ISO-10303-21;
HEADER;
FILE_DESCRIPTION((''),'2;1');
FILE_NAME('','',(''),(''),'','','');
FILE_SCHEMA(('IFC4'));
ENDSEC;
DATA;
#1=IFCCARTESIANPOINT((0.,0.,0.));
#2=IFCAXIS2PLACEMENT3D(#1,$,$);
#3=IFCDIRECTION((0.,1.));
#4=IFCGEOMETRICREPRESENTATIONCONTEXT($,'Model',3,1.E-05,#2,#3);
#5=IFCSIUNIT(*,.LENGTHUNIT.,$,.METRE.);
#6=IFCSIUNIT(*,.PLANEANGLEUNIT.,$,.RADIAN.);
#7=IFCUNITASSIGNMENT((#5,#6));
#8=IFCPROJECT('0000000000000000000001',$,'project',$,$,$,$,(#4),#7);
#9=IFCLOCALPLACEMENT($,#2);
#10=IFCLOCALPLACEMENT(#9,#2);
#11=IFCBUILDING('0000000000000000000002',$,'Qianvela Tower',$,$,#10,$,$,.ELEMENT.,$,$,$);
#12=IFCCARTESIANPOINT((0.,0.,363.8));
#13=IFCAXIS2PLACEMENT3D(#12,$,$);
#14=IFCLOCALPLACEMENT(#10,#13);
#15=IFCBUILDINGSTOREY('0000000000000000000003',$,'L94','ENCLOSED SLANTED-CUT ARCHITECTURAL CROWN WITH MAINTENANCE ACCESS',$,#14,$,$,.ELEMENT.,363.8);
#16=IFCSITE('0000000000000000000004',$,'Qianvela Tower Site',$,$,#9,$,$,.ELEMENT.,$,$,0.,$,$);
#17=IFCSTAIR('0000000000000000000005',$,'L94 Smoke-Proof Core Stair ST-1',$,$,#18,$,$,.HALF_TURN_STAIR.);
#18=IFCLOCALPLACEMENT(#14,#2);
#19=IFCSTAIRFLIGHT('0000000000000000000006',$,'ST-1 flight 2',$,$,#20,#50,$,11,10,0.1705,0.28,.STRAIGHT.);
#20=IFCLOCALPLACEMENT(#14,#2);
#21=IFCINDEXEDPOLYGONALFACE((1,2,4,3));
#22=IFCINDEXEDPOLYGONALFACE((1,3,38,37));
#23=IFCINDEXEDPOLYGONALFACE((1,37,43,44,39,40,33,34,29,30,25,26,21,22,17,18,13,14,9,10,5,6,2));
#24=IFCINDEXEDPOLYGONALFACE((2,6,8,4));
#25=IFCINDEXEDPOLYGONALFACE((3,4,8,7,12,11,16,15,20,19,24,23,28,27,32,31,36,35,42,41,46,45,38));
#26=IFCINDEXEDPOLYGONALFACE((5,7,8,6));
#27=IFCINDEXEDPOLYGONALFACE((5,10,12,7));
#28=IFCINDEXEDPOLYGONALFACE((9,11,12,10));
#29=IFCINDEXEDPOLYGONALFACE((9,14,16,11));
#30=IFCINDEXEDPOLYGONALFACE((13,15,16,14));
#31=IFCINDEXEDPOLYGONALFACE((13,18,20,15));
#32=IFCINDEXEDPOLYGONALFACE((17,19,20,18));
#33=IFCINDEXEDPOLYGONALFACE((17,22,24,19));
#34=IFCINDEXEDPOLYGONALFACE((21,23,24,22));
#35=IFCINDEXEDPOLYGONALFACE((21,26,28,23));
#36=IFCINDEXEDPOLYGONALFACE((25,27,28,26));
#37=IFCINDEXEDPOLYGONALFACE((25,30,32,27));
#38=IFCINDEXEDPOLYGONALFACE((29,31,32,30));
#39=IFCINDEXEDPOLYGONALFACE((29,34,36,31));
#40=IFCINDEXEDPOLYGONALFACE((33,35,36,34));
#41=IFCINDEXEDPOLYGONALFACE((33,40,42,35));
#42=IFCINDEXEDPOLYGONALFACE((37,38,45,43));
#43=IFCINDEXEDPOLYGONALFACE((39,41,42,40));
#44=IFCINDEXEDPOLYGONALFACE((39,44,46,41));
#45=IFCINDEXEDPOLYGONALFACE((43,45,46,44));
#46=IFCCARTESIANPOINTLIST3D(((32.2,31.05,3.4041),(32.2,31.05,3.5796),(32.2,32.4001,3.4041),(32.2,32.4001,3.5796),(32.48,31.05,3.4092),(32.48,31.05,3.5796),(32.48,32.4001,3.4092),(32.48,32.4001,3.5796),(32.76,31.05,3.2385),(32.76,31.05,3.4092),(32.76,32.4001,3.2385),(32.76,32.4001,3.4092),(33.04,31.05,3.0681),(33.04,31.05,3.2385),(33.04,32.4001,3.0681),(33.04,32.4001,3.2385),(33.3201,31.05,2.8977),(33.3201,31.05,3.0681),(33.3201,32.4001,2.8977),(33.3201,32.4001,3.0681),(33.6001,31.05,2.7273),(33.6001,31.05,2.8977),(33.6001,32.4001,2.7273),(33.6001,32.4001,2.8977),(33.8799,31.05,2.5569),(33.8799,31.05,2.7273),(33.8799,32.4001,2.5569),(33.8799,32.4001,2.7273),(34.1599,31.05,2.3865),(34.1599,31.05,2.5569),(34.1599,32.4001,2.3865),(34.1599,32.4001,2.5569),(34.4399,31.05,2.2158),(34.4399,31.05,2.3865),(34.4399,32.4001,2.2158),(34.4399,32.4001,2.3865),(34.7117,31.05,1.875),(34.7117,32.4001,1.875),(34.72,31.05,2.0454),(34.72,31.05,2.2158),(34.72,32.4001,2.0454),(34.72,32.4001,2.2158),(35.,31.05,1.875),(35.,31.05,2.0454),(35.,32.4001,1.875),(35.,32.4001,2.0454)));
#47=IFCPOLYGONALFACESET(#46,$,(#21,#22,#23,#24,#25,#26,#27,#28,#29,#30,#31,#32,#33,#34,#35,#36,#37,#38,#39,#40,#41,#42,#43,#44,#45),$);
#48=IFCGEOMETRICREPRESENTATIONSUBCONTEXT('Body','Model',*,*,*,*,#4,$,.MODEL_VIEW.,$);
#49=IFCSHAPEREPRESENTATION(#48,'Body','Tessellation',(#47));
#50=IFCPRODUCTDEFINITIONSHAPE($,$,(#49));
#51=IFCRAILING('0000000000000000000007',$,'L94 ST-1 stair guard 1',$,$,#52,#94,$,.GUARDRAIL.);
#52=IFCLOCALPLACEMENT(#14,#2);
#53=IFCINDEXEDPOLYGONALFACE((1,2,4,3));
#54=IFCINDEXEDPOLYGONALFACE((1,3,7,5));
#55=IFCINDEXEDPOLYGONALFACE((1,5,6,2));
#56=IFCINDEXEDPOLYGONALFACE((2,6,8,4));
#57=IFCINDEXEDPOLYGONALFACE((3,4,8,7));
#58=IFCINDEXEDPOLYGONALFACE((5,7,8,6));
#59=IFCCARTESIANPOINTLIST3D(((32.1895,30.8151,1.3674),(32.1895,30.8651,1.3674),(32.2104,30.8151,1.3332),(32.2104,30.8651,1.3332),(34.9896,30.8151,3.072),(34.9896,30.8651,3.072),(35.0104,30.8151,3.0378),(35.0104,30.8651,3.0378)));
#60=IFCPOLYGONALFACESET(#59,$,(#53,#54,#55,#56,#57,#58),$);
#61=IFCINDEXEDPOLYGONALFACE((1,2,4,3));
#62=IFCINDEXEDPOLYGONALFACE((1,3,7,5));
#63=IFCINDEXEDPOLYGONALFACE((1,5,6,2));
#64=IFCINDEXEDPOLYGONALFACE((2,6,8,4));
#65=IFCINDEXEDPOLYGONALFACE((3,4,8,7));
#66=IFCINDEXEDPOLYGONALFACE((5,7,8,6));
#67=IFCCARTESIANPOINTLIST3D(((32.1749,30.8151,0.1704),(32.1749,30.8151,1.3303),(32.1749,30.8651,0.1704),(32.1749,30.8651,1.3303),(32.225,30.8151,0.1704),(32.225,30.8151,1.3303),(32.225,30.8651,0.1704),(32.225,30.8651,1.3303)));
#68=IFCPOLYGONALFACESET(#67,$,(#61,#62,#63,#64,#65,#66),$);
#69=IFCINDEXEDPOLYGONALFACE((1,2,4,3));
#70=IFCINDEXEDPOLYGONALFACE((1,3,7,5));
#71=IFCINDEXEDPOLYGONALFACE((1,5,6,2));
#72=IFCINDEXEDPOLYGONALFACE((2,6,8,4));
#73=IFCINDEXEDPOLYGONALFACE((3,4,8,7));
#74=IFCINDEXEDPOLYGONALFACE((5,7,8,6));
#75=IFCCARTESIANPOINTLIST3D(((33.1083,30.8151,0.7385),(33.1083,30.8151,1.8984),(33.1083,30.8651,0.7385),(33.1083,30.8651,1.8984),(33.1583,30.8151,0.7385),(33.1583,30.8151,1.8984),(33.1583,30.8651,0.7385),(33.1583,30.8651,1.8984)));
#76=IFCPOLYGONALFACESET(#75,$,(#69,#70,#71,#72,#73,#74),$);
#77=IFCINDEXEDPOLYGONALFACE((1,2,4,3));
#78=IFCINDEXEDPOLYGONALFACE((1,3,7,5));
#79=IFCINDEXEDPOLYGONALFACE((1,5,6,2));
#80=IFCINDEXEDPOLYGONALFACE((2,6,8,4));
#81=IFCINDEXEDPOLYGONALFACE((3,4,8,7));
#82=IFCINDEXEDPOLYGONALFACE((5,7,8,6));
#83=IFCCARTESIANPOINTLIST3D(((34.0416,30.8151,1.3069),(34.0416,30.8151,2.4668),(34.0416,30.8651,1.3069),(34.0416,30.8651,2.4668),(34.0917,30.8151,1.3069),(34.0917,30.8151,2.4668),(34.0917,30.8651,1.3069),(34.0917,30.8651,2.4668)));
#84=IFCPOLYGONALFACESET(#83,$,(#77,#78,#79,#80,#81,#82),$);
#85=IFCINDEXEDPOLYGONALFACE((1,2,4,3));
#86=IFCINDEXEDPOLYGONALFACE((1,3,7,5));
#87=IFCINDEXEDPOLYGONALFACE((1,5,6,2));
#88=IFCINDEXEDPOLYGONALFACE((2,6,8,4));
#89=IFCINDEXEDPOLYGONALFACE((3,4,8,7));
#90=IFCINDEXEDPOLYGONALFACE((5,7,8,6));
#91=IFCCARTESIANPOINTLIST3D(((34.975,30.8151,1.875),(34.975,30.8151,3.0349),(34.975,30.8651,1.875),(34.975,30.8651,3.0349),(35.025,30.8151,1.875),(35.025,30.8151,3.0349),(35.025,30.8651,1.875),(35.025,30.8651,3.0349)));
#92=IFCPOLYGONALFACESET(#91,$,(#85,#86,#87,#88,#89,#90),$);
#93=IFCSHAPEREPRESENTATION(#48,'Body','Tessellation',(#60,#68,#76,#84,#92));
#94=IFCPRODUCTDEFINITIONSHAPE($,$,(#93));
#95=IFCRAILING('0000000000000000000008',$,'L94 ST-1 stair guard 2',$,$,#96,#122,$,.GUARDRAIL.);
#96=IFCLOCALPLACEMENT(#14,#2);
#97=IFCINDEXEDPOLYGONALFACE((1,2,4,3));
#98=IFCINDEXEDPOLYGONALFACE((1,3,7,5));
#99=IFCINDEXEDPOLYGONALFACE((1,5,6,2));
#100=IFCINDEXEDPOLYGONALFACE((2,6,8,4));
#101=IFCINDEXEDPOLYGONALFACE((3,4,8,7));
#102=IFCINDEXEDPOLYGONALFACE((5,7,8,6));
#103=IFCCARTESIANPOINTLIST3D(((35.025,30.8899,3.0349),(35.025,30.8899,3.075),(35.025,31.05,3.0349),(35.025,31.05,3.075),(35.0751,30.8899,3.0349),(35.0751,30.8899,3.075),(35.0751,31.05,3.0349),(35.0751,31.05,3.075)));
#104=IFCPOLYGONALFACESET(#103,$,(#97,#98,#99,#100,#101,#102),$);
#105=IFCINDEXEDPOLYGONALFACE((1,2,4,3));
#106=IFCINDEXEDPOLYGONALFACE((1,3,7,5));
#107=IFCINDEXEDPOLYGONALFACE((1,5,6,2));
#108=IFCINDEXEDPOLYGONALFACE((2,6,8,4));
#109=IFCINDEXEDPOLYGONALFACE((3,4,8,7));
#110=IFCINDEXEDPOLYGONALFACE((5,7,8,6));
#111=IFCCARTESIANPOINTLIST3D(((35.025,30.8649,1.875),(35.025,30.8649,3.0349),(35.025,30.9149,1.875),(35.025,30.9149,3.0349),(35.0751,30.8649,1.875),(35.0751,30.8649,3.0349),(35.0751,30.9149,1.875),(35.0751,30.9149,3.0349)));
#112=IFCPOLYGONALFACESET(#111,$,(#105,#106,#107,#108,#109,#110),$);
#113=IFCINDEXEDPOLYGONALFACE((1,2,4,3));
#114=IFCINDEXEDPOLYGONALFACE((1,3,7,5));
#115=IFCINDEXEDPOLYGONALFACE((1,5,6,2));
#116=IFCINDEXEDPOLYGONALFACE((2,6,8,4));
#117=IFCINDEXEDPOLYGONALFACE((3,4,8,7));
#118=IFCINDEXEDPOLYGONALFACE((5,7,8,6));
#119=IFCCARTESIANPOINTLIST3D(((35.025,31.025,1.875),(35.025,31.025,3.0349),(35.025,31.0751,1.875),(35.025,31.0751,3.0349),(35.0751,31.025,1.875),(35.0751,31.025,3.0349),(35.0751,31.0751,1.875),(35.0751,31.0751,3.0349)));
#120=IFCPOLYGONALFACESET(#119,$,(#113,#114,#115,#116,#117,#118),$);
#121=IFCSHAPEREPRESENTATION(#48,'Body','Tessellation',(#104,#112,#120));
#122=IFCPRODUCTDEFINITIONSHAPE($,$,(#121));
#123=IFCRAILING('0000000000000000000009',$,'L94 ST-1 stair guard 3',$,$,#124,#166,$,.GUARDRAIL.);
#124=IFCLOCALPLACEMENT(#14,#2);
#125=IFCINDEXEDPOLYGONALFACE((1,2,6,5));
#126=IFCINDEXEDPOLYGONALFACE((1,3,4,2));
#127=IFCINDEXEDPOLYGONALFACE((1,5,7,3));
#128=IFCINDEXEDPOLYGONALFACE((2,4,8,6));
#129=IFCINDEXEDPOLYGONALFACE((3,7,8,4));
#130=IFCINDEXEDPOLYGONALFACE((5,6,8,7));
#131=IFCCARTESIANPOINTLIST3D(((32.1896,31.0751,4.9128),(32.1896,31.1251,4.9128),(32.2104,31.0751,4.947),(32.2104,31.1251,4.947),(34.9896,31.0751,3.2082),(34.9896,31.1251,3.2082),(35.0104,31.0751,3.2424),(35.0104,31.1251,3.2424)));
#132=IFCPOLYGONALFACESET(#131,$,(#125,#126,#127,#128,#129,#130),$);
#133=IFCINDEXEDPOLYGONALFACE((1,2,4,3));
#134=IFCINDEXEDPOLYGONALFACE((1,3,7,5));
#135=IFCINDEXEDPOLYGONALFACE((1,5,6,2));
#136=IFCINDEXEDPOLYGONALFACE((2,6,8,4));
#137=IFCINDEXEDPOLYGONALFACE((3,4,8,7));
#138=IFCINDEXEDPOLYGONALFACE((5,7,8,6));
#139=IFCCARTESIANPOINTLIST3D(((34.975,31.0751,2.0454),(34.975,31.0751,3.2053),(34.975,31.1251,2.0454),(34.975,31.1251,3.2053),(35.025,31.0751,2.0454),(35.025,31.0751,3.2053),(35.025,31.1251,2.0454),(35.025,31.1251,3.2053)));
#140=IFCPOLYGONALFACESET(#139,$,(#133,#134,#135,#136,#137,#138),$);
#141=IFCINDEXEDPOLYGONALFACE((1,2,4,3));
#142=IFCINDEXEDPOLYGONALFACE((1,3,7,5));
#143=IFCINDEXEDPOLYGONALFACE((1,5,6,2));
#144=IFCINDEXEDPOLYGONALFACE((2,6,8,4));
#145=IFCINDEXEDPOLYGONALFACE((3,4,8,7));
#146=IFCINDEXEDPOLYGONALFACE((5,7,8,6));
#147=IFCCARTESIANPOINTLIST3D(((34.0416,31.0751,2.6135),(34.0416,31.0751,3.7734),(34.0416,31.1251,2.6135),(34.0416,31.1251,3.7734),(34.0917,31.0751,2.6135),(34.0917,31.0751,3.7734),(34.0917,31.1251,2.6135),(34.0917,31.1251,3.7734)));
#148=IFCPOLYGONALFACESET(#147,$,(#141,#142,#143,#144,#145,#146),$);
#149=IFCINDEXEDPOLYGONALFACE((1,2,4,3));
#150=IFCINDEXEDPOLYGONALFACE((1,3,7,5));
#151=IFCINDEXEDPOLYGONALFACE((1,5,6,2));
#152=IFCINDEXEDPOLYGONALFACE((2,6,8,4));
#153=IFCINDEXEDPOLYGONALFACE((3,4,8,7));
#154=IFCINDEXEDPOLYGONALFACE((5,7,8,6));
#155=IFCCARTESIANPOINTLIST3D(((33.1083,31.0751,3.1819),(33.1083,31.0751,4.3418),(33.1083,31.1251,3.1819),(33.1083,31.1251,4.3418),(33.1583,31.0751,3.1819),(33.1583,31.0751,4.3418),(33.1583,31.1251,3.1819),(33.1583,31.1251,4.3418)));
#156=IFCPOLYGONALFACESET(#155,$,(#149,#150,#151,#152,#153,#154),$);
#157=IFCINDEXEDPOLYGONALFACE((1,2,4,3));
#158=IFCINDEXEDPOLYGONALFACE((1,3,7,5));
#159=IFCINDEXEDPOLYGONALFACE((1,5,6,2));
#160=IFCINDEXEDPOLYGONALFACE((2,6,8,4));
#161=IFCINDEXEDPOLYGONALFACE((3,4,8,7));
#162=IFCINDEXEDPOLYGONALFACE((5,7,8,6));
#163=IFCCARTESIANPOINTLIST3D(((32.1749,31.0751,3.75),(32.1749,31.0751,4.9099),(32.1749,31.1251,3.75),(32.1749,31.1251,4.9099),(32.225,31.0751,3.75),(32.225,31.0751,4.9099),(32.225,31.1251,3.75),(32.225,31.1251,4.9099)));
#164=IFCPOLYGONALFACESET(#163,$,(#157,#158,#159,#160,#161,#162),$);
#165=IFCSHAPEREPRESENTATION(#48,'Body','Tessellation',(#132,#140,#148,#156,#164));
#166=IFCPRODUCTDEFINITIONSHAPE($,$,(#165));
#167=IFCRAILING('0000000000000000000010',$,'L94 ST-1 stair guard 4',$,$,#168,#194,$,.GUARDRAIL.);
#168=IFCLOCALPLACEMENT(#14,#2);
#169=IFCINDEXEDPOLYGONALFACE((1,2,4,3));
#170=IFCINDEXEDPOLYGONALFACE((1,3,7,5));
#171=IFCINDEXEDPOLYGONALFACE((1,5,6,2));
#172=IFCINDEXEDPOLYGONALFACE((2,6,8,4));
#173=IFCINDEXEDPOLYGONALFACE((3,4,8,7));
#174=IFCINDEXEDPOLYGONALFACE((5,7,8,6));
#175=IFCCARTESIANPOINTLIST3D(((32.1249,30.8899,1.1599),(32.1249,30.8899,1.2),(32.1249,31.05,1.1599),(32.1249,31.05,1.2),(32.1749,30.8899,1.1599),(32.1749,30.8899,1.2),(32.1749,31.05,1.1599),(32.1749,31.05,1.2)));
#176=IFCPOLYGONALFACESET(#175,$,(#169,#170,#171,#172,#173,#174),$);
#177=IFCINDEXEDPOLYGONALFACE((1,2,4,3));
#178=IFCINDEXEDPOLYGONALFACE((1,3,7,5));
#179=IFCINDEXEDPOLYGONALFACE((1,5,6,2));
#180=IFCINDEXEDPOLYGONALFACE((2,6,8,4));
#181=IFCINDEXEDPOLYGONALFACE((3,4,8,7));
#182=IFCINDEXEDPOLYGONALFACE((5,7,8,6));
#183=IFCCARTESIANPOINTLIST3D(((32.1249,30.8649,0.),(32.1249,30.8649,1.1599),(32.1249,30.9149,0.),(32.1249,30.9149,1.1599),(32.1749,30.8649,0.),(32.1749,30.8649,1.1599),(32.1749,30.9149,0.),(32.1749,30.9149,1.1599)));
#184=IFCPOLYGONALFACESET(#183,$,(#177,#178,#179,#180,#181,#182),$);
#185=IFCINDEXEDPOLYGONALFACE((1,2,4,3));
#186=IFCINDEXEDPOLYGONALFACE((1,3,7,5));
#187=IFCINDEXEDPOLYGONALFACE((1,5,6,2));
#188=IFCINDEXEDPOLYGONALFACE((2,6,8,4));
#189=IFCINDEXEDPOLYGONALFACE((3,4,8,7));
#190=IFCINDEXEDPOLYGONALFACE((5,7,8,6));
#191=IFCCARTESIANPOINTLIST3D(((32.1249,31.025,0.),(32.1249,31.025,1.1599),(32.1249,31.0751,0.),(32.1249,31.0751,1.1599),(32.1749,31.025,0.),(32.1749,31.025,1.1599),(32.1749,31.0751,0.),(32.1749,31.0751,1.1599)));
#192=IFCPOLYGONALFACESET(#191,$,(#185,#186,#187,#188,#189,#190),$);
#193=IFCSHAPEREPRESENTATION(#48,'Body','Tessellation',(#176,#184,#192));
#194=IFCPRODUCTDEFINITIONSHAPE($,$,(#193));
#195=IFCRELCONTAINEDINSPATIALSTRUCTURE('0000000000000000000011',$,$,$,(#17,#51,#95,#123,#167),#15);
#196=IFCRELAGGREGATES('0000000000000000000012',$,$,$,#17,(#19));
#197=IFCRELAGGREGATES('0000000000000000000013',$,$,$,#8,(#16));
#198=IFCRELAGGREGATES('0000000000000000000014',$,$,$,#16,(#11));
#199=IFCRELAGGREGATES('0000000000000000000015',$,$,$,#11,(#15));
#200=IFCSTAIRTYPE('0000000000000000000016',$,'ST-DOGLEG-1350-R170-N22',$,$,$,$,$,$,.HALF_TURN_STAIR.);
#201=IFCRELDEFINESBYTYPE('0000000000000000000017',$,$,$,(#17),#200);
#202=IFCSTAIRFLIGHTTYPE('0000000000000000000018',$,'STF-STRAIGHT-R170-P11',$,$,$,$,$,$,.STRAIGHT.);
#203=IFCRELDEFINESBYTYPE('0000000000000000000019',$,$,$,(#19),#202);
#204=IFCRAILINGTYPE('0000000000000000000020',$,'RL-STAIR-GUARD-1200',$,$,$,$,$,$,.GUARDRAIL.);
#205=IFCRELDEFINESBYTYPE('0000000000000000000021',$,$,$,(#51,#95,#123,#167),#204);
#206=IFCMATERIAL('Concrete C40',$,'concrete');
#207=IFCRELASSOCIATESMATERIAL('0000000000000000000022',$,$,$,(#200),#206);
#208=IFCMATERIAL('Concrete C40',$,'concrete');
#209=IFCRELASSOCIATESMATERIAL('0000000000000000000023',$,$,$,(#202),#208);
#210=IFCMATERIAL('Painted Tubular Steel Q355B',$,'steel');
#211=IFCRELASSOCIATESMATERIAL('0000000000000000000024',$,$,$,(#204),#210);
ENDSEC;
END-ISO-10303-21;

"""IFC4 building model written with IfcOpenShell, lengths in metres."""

from ifc_helpers import new_model, si_unit, direction, frame, origin, origin_2d, place, context, subcontext, project, spatial, polyline, rectangle, outline, extrude, material, type_object, element, aggregate, save


model = new_model("IFC4")

# Units and contexts
model_context = context("Model", 3, precision=1e-05, world=origin(), true_north=direction((0.0, 1.0)))
body_context = subcontext(model_context, "Body", "Model", "MODEL_VIEW")
ifc_project = project(units=[si_unit("LENGTHUNIT", "METRE"), si_unit("PLANEANGLEUNIT", "RADIAN")], contexts=[model_context])

# Site, building, storey
site_placement = place(None, origin())
site = spatial("IfcSite", under=ifc_project, at=site_placement, Name="Qianvela Tower Site", CompositionType="ELEMENT", RefElevation=0.0)
building_placement = place(site_placement, origin())
building = spatial("IfcBuilding", under=site, at=building_placement, Name="Qianvela Tower", CompositionType="ELEMENT")
storey_placement = place(building_placement, frame((0.0, 0.0, 363.8)))
storey = spatial("IfcBuildingStorey", under=building, at=storey_placement, Name="L94", Description="ENCLOSED SLANTED-CUT ARCHITECTURAL CROWN WITH MAINTENANCE ACCESS", CompositionType="ELEMENT", Elevation=363.8)

# Stair, stair flight
ifc_material_1 = material(Name="Concrete C40", Category="concrete")
stair_type = type_object("IfcStairType", Name="ST-DOGLEG-1350-R170-N22", PredefinedType="HALF_TURN_STAIR", material=ifc_material_1)
stair_placement = place(storey_placement, origin())
stair = element("IfcStair", 1, at=stair_placement, inside=storey, type_object=stair_type, Name="L94 Smoke-Proof Core Stair ST-1", PredefinedType="HALF_TURN_STAIR")
ifc_material_2 = material(Name="Concrete C40", Category="concrete")
stair_flight_type = type_object("IfcStairFlightType", Name="STF-STRAIGHT-R170-P11", PredefinedType="STRAIGHT", material=ifc_material_2)
stair_flight_1_placement = place(storey_placement, frame((35.0, 31.7251, 1.875), z_axis=(0.0, 0.0, 1.0), x_axis=(-1.0, 0.0, 0.0)))
stair_flight_1 = element("IfcStairFlight", 2, at=stair_flight_1_placement, type_object=stair_flight_type, Name="ST-1 flight 2", NumberOfRisers=11, NumberOfTreads=10, PredefinedType="STRAIGHT", RiserHeight=0.1705, TreadLength=0.28, context=body_context, shape_type="SweptSolid", body=[
    extrude(outline(polyline([(0.0, 0.0), (0.0, 0.1704), (0.28, 0.1704), (0.28, 0.3408), (0.5601, 0.3408), (0.5601, 0.5115), (0.8401, 0.5115), (0.8401, 0.6819), (1.1201, 0.6819), (1.1201, 0.8523), (1.3999, 0.8523), (1.3999, 1.0227), (1.6799, 1.0227), (1.6799, 1.1931), (1.96, 1.1931), (1.96, 1.3635), (2.24, 1.3635), (2.24, 1.5342), (2.52, 1.5342), (2.52, 1.7046), (2.8, 1.7046), (2.8, 1.875), (2.8, 1.5291), (0.2883, 0.0), (0.0, 0.0)])), frame((0.0, 0.675, 0.0), z_axis=(0.0, -1.0, 0.0), x_axis=(1.0, 0.0, 0.0)), (0.0, 0.0, 1.0), 1.3501),
])
aggregate(stair, [stair_flight_1])

# Railings
ifc_material_3 = material(Name="Painted Tubular Steel Q355B", Category="steel")
railing_type_1 = type_object("IfcRailingType", Name="RL-STAIR-GUARD-1200", PredefinedType="GUARDRAIL", material=ifc_material_3)
railing_1_placement = place(storey_placement, frame((32.2, 30.8401, 0.1704)))
element("IfcRailing", 3, at=railing_1_placement, inside=storey, type_object=railing_type_1, Name="L94 ST-1 stair guard 1", PredefinedType="GUARDRAIL", context=body_context, shape_type="SweptSolid", body=[
    extrude(rectangle(XDim=0.05, YDim=0.04, at=origin_2d()), frame((0.0, 0.0, 1.1799), z_axis=(0.85417, 0.0, 0.519994), x_axis=(0.0, 1.0, 0.0)), (0.0, 0.0, 1.0), 3.2781),
    extrude(rectangle(XDim=0.05, YDim=0.05, at=origin_2d()), origin(), (0.0, 0.0, 1.0), 1.1599),
    extrude(rectangle(XDim=0.05, YDim=0.05, at=origin_2d()), frame((0.9333, 0.0, 0.5681)), (0.0, 0.0, 1.0), 1.1599),
    extrude(rectangle(XDim=0.05, YDim=0.05, at=origin_2d()), frame((1.8667, 0.0, 1.1365)), (0.0, 0.0, 1.0), 1.1599),
    extrude(rectangle(XDim=0.05, YDim=0.05, at=origin_2d()), frame((2.8, 0.0, 1.7046)), (0.0, 0.0, 1.0), 1.1599),
])
railing_2_placement = place(storey_placement, frame((35.05, 30.8899, 1.875)))
element("IfcRailing", 4, at=railing_2_placement, inside=storey, type_object=railing_type_1, Name="L94 ST-1 stair guard 2", PredefinedType="GUARDRAIL", context=body_context, shape_type="SweptSolid", body=[
    extrude(rectangle(XDim=0.05, YDim=0.04, at=origin_2d()), frame((0.0, 0.0, 1.1799), z_axis=(0.0, 1.0, 0.0), x_axis=(-1.0, 0.0, 0.0)), (0.0, 0.0, 1.0), 0.1602),
    extrude(rectangle(XDim=0.05, YDim=0.05, at=origin_2d()), origin(), (0.0, 0.0, 1.0), 1.1599),
    extrude(rectangle(XDim=0.05, YDim=0.05, at=origin_2d()), frame((0.0, 0.1602, 0.0)), (0.0, 0.0, 1.0), 1.1599),
])
railing_3_placement = place(storey_placement, frame((35.0, 31.1001, 2.0454)))
element("IfcRailing", 5, at=railing_3_placement, inside=storey, type_object=railing_type_1, Name="L94 ST-1 stair guard 3", PredefinedType="GUARDRAIL", context=body_context, shape_type="SweptSolid", body=[
    extrude(rectangle(XDim=0.05, YDim=0.04, at=origin_2d()), frame((0.0, 0.0, 1.1799), z_axis=(-0.85417, 0.0, 0.519994), x_axis=(0.0, -1.0, 0.0)), (0.0, 0.0, 1.0), 3.2781),
    extrude(rectangle(XDim=0.05, YDim=0.05, at=origin_2d()), origin(), (0.0, 0.0, 1.0), 1.1599),
    extrude(rectangle(XDim=0.05, YDim=0.05, at=origin_2d()), frame((-0.9333, 0.0, 0.5681)), (0.0, 0.0, 1.0), 1.1599),
    extrude(rectangle(XDim=0.05, YDim=0.05, at=origin_2d()), frame((-1.8667, 0.0, 1.1365)), (0.0, 0.0, 1.0), 1.1599),
    extrude(rectangle(XDim=0.05, YDim=0.05, at=origin_2d()), frame((-2.8, 0.0, 1.7046)), (0.0, 0.0, 1.0), 1.1599),
])
railing_4_placement = place(storey_placement, frame((32.1499, 30.8899, 0.0)))
element("IfcRailing", 6, at=railing_4_placement, inside=storey, type_object=railing_type_1, Name="L94 ST-1 stair guard 4", PredefinedType="GUARDRAIL", context=body_context, shape_type="SweptSolid", body=[
    extrude(rectangle(XDim=0.05, YDim=0.04, at=origin_2d()), frame((0.0, 0.0, 1.1799), z_axis=(0.0, 1.0, 0.0), x_axis=(-1.0, 0.0, 0.0)), (0.0, 0.0, 1.0), 0.1602),
    extrude(rectangle(XDim=0.05, YDim=0.05, at=origin_2d()), origin(), (0.0, 0.0, 1.0), 1.1599),
    extrude(rectangle(XDim=0.05, YDim=0.05, at=origin_2d()), frame((0.0, 0.1602, 0.0)), (0.0, 0.0, 1.0), 1.1599),
])

save(model, "model.ifc")
